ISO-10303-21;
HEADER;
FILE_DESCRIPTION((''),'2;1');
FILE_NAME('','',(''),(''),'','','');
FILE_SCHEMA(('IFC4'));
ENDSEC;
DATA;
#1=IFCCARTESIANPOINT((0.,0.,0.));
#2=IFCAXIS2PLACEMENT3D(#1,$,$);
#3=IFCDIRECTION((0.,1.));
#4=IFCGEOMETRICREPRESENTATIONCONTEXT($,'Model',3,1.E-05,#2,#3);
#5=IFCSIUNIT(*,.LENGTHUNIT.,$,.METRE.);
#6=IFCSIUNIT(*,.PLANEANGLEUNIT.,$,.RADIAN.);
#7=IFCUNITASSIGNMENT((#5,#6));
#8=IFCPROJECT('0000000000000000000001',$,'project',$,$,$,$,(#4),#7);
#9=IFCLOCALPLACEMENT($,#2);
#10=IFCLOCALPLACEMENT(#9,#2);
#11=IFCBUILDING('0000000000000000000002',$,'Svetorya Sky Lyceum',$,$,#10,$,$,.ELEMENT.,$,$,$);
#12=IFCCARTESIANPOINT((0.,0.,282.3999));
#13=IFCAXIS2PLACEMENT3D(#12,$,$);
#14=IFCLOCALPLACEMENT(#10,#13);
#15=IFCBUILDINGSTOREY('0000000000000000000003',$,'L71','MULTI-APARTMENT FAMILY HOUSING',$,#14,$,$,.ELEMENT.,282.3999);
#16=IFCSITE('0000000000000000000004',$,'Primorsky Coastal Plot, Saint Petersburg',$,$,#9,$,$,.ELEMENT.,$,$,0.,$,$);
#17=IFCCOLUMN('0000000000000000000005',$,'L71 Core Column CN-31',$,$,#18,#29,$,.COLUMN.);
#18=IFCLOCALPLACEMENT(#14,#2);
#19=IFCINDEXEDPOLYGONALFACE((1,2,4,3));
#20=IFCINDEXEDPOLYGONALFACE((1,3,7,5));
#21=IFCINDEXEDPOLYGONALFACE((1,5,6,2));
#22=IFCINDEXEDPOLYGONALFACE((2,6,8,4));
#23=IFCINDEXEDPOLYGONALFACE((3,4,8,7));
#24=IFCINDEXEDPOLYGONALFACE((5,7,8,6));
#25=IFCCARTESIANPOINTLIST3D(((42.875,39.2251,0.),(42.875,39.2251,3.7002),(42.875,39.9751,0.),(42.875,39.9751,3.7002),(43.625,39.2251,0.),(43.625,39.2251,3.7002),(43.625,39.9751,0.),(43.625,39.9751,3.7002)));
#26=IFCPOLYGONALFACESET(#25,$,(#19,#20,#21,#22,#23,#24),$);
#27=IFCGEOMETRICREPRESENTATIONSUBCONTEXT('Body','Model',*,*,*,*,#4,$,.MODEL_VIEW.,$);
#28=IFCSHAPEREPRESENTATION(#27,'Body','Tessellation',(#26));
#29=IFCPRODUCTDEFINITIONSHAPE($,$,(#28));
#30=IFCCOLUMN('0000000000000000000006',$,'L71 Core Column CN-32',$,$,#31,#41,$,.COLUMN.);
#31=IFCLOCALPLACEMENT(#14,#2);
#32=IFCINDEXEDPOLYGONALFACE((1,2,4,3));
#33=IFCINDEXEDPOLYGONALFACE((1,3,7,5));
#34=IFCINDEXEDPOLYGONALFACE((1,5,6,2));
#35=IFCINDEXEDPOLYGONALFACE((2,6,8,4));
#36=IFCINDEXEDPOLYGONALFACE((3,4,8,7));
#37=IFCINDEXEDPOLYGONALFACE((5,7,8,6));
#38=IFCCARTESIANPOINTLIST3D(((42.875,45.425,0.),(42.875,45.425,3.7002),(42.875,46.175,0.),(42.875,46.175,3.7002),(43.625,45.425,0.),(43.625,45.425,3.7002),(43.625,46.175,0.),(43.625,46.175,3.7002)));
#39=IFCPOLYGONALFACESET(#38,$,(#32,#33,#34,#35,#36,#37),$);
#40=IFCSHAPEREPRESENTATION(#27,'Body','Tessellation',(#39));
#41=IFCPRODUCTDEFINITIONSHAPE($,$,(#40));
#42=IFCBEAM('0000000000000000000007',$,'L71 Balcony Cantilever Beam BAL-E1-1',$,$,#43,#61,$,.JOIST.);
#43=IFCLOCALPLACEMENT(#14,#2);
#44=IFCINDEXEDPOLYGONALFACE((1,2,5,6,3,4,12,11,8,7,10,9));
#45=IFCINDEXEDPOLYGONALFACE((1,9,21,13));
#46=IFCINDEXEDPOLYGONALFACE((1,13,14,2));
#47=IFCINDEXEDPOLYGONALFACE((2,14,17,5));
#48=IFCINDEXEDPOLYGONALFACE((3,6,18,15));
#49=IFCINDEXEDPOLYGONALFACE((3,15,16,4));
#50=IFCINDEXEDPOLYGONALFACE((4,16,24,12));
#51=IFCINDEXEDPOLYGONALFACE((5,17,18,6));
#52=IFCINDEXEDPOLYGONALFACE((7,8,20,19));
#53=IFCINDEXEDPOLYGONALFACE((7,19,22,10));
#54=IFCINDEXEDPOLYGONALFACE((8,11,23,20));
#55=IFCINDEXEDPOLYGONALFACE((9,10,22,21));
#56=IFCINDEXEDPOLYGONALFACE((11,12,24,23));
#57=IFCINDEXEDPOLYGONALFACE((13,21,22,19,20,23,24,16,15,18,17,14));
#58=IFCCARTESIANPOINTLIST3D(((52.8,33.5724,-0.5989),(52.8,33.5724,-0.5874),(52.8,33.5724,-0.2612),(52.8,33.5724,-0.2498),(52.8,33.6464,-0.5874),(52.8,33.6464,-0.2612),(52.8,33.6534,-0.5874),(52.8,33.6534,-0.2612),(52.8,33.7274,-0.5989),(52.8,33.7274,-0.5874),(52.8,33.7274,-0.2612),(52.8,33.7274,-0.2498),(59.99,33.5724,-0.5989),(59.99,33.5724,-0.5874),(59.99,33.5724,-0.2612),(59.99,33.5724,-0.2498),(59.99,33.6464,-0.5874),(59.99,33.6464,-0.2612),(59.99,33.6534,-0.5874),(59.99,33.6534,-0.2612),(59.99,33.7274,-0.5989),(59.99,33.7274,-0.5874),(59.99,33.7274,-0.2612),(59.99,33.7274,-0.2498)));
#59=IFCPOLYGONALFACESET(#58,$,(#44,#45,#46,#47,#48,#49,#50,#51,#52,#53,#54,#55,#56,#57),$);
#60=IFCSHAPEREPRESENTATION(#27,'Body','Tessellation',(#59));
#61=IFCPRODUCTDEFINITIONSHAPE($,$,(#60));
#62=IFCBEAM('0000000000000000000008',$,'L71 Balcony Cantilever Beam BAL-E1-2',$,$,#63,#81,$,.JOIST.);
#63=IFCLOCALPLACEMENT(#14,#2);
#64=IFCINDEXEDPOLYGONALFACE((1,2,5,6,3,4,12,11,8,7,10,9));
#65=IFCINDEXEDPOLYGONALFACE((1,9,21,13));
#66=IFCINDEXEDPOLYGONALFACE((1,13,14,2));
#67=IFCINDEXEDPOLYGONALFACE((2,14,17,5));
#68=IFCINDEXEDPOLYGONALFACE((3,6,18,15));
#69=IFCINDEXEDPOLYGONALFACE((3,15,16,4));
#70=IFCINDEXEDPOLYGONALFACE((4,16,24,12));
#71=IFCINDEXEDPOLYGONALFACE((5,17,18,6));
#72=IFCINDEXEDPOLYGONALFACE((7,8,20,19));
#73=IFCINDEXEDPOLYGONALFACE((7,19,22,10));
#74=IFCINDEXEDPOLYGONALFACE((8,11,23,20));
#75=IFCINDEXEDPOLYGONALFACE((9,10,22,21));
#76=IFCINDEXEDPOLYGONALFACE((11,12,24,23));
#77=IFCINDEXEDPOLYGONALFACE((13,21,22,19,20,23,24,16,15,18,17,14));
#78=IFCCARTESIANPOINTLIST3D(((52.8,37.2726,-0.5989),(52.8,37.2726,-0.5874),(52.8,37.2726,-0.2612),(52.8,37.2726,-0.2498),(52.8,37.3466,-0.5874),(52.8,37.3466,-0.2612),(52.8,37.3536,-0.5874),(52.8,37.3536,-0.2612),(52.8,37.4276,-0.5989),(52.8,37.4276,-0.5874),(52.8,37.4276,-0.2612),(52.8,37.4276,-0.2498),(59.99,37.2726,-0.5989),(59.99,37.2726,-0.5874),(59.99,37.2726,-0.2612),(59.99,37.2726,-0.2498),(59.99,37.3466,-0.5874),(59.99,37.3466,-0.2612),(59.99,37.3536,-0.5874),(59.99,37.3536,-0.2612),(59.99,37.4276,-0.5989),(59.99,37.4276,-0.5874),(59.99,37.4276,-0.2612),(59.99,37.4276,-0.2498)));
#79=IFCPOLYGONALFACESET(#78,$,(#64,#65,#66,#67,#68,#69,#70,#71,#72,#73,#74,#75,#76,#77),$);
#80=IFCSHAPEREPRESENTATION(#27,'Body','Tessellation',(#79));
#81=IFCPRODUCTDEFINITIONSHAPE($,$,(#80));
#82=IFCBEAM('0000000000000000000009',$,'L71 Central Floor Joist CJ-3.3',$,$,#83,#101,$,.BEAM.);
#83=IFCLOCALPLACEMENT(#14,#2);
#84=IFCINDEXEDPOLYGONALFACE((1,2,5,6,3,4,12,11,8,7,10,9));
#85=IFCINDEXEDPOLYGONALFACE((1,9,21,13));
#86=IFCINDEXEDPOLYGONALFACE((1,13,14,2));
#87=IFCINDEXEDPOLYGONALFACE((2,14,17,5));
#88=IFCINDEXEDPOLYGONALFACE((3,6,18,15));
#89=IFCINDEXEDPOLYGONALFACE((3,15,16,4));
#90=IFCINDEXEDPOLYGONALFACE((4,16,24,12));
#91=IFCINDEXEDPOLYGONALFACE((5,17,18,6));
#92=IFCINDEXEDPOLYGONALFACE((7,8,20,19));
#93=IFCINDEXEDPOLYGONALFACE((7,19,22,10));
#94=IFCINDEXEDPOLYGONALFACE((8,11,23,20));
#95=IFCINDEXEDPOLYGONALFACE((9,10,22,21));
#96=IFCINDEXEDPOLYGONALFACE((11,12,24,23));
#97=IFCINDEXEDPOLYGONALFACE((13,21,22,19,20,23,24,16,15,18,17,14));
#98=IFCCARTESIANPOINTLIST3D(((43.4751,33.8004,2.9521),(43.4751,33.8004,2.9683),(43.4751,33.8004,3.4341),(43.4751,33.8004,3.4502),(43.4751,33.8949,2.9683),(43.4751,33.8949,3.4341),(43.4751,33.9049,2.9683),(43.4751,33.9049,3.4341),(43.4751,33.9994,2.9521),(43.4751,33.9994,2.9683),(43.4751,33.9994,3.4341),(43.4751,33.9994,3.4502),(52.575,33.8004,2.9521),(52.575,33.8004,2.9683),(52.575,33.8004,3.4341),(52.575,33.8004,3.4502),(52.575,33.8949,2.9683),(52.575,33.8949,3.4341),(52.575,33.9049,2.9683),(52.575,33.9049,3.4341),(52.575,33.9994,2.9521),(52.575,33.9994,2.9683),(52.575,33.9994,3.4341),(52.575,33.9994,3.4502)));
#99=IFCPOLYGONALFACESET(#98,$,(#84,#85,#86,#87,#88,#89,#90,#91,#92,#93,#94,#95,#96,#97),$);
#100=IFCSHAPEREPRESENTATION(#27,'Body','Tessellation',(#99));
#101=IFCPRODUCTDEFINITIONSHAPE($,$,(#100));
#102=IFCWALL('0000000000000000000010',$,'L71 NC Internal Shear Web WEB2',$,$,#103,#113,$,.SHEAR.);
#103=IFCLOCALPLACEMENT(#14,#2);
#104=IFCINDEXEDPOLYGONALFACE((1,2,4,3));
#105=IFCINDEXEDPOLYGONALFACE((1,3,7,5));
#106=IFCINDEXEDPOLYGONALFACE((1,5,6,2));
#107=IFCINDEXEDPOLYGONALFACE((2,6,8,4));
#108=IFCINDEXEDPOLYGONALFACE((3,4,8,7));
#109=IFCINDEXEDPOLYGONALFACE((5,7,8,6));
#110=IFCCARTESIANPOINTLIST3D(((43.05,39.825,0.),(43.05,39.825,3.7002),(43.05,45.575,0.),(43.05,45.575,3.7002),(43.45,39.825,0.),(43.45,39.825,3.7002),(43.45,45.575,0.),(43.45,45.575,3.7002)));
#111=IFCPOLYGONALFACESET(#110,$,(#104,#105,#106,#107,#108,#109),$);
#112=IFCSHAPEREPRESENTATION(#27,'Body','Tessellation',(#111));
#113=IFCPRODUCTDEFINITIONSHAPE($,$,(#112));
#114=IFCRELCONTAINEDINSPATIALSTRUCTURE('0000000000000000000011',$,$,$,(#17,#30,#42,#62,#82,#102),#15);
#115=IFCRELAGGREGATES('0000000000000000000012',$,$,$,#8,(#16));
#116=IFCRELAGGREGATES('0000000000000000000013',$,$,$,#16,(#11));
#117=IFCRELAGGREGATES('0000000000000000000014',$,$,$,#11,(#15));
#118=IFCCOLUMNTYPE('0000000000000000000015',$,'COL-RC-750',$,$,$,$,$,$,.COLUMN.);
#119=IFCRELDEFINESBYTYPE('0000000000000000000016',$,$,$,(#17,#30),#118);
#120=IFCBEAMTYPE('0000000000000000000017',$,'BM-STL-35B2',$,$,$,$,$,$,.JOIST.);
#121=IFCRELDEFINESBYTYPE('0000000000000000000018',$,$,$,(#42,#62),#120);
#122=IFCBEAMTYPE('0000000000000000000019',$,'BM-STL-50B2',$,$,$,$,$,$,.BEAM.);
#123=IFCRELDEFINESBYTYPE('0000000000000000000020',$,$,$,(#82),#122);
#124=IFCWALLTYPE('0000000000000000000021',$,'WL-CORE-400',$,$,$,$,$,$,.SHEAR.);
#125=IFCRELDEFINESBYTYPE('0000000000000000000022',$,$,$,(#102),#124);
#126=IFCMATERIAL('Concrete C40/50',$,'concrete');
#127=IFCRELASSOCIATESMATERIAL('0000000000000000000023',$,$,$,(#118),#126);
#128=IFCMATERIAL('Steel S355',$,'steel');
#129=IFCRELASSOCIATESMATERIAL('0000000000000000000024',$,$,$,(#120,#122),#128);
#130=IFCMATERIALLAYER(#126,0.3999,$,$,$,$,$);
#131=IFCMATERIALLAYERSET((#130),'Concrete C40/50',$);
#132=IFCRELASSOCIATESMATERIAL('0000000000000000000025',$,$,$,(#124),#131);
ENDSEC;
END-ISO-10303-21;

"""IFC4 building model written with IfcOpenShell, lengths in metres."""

from ifc_helpers import new_model, si_unit, direction, frame, frame_2d, origin, origin_2d, place, context, subcontext, project, spatial, rectangle, i_section, extrude, material, layer, layer_set, material_profile, profile_set, type_object, element, save


model = new_model("IFC4")

# Units and contexts
model_context = context("Model", 3, precision=1e-05, world=origin(), true_north=direction((0.0, 1.0)))
body_context = subcontext(model_context, "Body", "Model", "MODEL_VIEW")
ifc_project = project(units=[si_unit("LENGTHUNIT", "METRE"), si_unit("PLANEANGLEUNIT", "RADIAN")], contexts=[model_context])

# Site, building, storey
site_placement = place(None, origin())
site = spatial("IfcSite", under=ifc_project, at=site_placement, Name="Primorsky Coastal Plot, Saint Petersburg", CompositionType="ELEMENT", RefElevation=0.0)
building_placement = place(site_placement, origin())
building = spatial("IfcBuilding", under=site, at=building_placement, Name="Svetorya Sky Lyceum", CompositionType="ELEMENT")
storey_placement = place(building_placement, frame((0.0, 0.0, 282.3999)))
storey = spatial("IfcBuildingStorey", under=building, at=storey_placement, Name="L71", Description="MULTI-APARTMENT FAMILY HOUSING", CompositionType="ELEMENT", Elevation=282.3999)

# Columns
ifc_material_1 = material(Name="Concrete C40/50", Category="concrete")
ifc_material_profile_1 = material_profile(ifc_material_1, rectangle(XDim=0.75, YDim=0.75, at=origin_2d()), Name="RC COL 750x750")
ifc_profile_set_1 = profile_set([ifc_material_profile_1], Name="Concrete C40/50")
column_type = type_object("IfcColumnType", Name="COL-RC-750", PredefinedType="COLUMN", material=ifc_profile_set_1)
for number, where, z_axis, x_axis, name in (
    (1, (43.25, 39.6001, 0.0), (0.0, 0.0, 1.0), (1.0, 0.0, 0.0), "L71 Core Column CN-31"),
    (2, (43.25, 45.8, 0.0), (0.0, 0.0, 1.0), (1.0, 0.0, 0.0), "L71 Core Column CN-32"),
):
    element("IfcColumn", number, at=place(storey_placement, frame(where, z_axis=z_axis, x_axis=x_axis)), inside=storey, type_object=column_type, Name=name, PredefinedType="COLUMN", context=body_context, shape_type="SweptSolid", body=[
        extrude(rectangle(XDim=0.75, YDim=0.75, at=origin_2d()), origin(), (0.0, 0.0, 1.0), 3.7002),
    ])

# Beams
ifc_material_2 = material(Name="Steel S355", Category="steel")
ifc_material_profile_2 = material_profile(ifc_material_2, i_section(OverallWidth=0.155, OverallDepth=0.3491, WebThickness=0.0071, FlangeThickness=0.0115, at=origin_2d()), Name="GOST 35B2")
ifc_profile_set_2 = profile_set([ifc_material_profile_2], Name="Steel S355")
beam_type_1 = type_object("IfcBeamType", Name="BM-STL-35B2", PredefinedType="JOIST", material=ifc_profile_set_2)
for number, where, z_axis, x_axis, name in (
    (3, (52.8, 33.6499, -0.4243), (1.0, 0.0, 0.0), (0.0, 1.0, 0.0), "L71 Balcony Cantilever Beam BAL-E1-1"),
    (4, (52.8, 37.3501, -0.4243), (1.0, 0.0, 0.0), (0.0, 1.0, 0.0), "L71 Balcony Cantilever Beam BAL-E1-2"),
):
    element("IfcBeam", number, at=place(storey_placement, frame(where, z_axis=z_axis, x_axis=x_axis)), inside=storey, type_object=beam_type_1, Name=name, PredefinedType="JOIST", context=body_context, shape_type="SweptSolid", body=[
        extrude(i_section(OverallWidth=0.155, OverallDepth=0.3491, WebThickness=0.0071, FlangeThickness=0.0115, at=origin_2d()), origin(), (0.0, 0.0, 1.0), 7.1899),
    ])
ifc_material_profile_3 = material_profile(ifc_material_2, i_section(OverallWidth=0.199, OverallDepth=0.498, WebThickness=0.01, FlangeThickness=0.0161, at=origin_2d()), Name="GOST 50B2")
ifc_profile_set_3 = profile_set([ifc_material_profile_3], Name="Steel S355")
beam_type_2 = type_object("IfcBeamType", Name="BM-STL-50B2", PredefinedType="BEAM", material=ifc_profile_set_3)
beam_placement = place(storey_placement, frame((43.4751, 33.8999, 3.2012), z_axis=(1.0, 0.0, 0.0), x_axis=(0.0, 1.0, 0.0)))
element("IfcBeam", 5, at=beam_placement, inside=storey, type_object=beam_type_2, Name="L71 Central Floor Joist CJ-3.3", PredefinedType="BEAM", context=body_context, shape_type="SweptSolid", body=[
    extrude(i_section(OverallWidth=0.199, OverallDepth=0.498, WebThickness=0.01, FlangeThickness=0.0161, at=origin_2d()), origin(), (0.0, 0.0, 1.0), 9.0999),
])

# Wall
ifc_layer_1 = layer(ifc_material_1, 0.3999)
ifc_layer_set_1 = layer_set([ifc_layer_1], Name="Concrete C40/50")
wall_type_1 = type_object("IfcWallType", Name="WL-CORE-400", PredefinedType="SHEAR", material=ifc_layer_set_1)
wall_1_placement = place(storey_placement, frame((43.25, 39.825, 0.0), z_axis=(0.0, 0.0, 1.0), x_axis=(0.0, 1.0, 0.0)))
element("IfcWall", 6, at=wall_1_placement, inside=storey, type_object=wall_type_1, Name="L71 NC Internal Shear Web WEB2", PredefinedType="SHEAR", context=body_context, shape_type="SweptSolid", body=[
    extrude(rectangle(XDim=5.75, YDim=0.3999, at=frame_2d((2.875, 0.0))), origin(), (0.0, 0.0, 1.0), 3.7002),
])

save(model, "model.ifc")
